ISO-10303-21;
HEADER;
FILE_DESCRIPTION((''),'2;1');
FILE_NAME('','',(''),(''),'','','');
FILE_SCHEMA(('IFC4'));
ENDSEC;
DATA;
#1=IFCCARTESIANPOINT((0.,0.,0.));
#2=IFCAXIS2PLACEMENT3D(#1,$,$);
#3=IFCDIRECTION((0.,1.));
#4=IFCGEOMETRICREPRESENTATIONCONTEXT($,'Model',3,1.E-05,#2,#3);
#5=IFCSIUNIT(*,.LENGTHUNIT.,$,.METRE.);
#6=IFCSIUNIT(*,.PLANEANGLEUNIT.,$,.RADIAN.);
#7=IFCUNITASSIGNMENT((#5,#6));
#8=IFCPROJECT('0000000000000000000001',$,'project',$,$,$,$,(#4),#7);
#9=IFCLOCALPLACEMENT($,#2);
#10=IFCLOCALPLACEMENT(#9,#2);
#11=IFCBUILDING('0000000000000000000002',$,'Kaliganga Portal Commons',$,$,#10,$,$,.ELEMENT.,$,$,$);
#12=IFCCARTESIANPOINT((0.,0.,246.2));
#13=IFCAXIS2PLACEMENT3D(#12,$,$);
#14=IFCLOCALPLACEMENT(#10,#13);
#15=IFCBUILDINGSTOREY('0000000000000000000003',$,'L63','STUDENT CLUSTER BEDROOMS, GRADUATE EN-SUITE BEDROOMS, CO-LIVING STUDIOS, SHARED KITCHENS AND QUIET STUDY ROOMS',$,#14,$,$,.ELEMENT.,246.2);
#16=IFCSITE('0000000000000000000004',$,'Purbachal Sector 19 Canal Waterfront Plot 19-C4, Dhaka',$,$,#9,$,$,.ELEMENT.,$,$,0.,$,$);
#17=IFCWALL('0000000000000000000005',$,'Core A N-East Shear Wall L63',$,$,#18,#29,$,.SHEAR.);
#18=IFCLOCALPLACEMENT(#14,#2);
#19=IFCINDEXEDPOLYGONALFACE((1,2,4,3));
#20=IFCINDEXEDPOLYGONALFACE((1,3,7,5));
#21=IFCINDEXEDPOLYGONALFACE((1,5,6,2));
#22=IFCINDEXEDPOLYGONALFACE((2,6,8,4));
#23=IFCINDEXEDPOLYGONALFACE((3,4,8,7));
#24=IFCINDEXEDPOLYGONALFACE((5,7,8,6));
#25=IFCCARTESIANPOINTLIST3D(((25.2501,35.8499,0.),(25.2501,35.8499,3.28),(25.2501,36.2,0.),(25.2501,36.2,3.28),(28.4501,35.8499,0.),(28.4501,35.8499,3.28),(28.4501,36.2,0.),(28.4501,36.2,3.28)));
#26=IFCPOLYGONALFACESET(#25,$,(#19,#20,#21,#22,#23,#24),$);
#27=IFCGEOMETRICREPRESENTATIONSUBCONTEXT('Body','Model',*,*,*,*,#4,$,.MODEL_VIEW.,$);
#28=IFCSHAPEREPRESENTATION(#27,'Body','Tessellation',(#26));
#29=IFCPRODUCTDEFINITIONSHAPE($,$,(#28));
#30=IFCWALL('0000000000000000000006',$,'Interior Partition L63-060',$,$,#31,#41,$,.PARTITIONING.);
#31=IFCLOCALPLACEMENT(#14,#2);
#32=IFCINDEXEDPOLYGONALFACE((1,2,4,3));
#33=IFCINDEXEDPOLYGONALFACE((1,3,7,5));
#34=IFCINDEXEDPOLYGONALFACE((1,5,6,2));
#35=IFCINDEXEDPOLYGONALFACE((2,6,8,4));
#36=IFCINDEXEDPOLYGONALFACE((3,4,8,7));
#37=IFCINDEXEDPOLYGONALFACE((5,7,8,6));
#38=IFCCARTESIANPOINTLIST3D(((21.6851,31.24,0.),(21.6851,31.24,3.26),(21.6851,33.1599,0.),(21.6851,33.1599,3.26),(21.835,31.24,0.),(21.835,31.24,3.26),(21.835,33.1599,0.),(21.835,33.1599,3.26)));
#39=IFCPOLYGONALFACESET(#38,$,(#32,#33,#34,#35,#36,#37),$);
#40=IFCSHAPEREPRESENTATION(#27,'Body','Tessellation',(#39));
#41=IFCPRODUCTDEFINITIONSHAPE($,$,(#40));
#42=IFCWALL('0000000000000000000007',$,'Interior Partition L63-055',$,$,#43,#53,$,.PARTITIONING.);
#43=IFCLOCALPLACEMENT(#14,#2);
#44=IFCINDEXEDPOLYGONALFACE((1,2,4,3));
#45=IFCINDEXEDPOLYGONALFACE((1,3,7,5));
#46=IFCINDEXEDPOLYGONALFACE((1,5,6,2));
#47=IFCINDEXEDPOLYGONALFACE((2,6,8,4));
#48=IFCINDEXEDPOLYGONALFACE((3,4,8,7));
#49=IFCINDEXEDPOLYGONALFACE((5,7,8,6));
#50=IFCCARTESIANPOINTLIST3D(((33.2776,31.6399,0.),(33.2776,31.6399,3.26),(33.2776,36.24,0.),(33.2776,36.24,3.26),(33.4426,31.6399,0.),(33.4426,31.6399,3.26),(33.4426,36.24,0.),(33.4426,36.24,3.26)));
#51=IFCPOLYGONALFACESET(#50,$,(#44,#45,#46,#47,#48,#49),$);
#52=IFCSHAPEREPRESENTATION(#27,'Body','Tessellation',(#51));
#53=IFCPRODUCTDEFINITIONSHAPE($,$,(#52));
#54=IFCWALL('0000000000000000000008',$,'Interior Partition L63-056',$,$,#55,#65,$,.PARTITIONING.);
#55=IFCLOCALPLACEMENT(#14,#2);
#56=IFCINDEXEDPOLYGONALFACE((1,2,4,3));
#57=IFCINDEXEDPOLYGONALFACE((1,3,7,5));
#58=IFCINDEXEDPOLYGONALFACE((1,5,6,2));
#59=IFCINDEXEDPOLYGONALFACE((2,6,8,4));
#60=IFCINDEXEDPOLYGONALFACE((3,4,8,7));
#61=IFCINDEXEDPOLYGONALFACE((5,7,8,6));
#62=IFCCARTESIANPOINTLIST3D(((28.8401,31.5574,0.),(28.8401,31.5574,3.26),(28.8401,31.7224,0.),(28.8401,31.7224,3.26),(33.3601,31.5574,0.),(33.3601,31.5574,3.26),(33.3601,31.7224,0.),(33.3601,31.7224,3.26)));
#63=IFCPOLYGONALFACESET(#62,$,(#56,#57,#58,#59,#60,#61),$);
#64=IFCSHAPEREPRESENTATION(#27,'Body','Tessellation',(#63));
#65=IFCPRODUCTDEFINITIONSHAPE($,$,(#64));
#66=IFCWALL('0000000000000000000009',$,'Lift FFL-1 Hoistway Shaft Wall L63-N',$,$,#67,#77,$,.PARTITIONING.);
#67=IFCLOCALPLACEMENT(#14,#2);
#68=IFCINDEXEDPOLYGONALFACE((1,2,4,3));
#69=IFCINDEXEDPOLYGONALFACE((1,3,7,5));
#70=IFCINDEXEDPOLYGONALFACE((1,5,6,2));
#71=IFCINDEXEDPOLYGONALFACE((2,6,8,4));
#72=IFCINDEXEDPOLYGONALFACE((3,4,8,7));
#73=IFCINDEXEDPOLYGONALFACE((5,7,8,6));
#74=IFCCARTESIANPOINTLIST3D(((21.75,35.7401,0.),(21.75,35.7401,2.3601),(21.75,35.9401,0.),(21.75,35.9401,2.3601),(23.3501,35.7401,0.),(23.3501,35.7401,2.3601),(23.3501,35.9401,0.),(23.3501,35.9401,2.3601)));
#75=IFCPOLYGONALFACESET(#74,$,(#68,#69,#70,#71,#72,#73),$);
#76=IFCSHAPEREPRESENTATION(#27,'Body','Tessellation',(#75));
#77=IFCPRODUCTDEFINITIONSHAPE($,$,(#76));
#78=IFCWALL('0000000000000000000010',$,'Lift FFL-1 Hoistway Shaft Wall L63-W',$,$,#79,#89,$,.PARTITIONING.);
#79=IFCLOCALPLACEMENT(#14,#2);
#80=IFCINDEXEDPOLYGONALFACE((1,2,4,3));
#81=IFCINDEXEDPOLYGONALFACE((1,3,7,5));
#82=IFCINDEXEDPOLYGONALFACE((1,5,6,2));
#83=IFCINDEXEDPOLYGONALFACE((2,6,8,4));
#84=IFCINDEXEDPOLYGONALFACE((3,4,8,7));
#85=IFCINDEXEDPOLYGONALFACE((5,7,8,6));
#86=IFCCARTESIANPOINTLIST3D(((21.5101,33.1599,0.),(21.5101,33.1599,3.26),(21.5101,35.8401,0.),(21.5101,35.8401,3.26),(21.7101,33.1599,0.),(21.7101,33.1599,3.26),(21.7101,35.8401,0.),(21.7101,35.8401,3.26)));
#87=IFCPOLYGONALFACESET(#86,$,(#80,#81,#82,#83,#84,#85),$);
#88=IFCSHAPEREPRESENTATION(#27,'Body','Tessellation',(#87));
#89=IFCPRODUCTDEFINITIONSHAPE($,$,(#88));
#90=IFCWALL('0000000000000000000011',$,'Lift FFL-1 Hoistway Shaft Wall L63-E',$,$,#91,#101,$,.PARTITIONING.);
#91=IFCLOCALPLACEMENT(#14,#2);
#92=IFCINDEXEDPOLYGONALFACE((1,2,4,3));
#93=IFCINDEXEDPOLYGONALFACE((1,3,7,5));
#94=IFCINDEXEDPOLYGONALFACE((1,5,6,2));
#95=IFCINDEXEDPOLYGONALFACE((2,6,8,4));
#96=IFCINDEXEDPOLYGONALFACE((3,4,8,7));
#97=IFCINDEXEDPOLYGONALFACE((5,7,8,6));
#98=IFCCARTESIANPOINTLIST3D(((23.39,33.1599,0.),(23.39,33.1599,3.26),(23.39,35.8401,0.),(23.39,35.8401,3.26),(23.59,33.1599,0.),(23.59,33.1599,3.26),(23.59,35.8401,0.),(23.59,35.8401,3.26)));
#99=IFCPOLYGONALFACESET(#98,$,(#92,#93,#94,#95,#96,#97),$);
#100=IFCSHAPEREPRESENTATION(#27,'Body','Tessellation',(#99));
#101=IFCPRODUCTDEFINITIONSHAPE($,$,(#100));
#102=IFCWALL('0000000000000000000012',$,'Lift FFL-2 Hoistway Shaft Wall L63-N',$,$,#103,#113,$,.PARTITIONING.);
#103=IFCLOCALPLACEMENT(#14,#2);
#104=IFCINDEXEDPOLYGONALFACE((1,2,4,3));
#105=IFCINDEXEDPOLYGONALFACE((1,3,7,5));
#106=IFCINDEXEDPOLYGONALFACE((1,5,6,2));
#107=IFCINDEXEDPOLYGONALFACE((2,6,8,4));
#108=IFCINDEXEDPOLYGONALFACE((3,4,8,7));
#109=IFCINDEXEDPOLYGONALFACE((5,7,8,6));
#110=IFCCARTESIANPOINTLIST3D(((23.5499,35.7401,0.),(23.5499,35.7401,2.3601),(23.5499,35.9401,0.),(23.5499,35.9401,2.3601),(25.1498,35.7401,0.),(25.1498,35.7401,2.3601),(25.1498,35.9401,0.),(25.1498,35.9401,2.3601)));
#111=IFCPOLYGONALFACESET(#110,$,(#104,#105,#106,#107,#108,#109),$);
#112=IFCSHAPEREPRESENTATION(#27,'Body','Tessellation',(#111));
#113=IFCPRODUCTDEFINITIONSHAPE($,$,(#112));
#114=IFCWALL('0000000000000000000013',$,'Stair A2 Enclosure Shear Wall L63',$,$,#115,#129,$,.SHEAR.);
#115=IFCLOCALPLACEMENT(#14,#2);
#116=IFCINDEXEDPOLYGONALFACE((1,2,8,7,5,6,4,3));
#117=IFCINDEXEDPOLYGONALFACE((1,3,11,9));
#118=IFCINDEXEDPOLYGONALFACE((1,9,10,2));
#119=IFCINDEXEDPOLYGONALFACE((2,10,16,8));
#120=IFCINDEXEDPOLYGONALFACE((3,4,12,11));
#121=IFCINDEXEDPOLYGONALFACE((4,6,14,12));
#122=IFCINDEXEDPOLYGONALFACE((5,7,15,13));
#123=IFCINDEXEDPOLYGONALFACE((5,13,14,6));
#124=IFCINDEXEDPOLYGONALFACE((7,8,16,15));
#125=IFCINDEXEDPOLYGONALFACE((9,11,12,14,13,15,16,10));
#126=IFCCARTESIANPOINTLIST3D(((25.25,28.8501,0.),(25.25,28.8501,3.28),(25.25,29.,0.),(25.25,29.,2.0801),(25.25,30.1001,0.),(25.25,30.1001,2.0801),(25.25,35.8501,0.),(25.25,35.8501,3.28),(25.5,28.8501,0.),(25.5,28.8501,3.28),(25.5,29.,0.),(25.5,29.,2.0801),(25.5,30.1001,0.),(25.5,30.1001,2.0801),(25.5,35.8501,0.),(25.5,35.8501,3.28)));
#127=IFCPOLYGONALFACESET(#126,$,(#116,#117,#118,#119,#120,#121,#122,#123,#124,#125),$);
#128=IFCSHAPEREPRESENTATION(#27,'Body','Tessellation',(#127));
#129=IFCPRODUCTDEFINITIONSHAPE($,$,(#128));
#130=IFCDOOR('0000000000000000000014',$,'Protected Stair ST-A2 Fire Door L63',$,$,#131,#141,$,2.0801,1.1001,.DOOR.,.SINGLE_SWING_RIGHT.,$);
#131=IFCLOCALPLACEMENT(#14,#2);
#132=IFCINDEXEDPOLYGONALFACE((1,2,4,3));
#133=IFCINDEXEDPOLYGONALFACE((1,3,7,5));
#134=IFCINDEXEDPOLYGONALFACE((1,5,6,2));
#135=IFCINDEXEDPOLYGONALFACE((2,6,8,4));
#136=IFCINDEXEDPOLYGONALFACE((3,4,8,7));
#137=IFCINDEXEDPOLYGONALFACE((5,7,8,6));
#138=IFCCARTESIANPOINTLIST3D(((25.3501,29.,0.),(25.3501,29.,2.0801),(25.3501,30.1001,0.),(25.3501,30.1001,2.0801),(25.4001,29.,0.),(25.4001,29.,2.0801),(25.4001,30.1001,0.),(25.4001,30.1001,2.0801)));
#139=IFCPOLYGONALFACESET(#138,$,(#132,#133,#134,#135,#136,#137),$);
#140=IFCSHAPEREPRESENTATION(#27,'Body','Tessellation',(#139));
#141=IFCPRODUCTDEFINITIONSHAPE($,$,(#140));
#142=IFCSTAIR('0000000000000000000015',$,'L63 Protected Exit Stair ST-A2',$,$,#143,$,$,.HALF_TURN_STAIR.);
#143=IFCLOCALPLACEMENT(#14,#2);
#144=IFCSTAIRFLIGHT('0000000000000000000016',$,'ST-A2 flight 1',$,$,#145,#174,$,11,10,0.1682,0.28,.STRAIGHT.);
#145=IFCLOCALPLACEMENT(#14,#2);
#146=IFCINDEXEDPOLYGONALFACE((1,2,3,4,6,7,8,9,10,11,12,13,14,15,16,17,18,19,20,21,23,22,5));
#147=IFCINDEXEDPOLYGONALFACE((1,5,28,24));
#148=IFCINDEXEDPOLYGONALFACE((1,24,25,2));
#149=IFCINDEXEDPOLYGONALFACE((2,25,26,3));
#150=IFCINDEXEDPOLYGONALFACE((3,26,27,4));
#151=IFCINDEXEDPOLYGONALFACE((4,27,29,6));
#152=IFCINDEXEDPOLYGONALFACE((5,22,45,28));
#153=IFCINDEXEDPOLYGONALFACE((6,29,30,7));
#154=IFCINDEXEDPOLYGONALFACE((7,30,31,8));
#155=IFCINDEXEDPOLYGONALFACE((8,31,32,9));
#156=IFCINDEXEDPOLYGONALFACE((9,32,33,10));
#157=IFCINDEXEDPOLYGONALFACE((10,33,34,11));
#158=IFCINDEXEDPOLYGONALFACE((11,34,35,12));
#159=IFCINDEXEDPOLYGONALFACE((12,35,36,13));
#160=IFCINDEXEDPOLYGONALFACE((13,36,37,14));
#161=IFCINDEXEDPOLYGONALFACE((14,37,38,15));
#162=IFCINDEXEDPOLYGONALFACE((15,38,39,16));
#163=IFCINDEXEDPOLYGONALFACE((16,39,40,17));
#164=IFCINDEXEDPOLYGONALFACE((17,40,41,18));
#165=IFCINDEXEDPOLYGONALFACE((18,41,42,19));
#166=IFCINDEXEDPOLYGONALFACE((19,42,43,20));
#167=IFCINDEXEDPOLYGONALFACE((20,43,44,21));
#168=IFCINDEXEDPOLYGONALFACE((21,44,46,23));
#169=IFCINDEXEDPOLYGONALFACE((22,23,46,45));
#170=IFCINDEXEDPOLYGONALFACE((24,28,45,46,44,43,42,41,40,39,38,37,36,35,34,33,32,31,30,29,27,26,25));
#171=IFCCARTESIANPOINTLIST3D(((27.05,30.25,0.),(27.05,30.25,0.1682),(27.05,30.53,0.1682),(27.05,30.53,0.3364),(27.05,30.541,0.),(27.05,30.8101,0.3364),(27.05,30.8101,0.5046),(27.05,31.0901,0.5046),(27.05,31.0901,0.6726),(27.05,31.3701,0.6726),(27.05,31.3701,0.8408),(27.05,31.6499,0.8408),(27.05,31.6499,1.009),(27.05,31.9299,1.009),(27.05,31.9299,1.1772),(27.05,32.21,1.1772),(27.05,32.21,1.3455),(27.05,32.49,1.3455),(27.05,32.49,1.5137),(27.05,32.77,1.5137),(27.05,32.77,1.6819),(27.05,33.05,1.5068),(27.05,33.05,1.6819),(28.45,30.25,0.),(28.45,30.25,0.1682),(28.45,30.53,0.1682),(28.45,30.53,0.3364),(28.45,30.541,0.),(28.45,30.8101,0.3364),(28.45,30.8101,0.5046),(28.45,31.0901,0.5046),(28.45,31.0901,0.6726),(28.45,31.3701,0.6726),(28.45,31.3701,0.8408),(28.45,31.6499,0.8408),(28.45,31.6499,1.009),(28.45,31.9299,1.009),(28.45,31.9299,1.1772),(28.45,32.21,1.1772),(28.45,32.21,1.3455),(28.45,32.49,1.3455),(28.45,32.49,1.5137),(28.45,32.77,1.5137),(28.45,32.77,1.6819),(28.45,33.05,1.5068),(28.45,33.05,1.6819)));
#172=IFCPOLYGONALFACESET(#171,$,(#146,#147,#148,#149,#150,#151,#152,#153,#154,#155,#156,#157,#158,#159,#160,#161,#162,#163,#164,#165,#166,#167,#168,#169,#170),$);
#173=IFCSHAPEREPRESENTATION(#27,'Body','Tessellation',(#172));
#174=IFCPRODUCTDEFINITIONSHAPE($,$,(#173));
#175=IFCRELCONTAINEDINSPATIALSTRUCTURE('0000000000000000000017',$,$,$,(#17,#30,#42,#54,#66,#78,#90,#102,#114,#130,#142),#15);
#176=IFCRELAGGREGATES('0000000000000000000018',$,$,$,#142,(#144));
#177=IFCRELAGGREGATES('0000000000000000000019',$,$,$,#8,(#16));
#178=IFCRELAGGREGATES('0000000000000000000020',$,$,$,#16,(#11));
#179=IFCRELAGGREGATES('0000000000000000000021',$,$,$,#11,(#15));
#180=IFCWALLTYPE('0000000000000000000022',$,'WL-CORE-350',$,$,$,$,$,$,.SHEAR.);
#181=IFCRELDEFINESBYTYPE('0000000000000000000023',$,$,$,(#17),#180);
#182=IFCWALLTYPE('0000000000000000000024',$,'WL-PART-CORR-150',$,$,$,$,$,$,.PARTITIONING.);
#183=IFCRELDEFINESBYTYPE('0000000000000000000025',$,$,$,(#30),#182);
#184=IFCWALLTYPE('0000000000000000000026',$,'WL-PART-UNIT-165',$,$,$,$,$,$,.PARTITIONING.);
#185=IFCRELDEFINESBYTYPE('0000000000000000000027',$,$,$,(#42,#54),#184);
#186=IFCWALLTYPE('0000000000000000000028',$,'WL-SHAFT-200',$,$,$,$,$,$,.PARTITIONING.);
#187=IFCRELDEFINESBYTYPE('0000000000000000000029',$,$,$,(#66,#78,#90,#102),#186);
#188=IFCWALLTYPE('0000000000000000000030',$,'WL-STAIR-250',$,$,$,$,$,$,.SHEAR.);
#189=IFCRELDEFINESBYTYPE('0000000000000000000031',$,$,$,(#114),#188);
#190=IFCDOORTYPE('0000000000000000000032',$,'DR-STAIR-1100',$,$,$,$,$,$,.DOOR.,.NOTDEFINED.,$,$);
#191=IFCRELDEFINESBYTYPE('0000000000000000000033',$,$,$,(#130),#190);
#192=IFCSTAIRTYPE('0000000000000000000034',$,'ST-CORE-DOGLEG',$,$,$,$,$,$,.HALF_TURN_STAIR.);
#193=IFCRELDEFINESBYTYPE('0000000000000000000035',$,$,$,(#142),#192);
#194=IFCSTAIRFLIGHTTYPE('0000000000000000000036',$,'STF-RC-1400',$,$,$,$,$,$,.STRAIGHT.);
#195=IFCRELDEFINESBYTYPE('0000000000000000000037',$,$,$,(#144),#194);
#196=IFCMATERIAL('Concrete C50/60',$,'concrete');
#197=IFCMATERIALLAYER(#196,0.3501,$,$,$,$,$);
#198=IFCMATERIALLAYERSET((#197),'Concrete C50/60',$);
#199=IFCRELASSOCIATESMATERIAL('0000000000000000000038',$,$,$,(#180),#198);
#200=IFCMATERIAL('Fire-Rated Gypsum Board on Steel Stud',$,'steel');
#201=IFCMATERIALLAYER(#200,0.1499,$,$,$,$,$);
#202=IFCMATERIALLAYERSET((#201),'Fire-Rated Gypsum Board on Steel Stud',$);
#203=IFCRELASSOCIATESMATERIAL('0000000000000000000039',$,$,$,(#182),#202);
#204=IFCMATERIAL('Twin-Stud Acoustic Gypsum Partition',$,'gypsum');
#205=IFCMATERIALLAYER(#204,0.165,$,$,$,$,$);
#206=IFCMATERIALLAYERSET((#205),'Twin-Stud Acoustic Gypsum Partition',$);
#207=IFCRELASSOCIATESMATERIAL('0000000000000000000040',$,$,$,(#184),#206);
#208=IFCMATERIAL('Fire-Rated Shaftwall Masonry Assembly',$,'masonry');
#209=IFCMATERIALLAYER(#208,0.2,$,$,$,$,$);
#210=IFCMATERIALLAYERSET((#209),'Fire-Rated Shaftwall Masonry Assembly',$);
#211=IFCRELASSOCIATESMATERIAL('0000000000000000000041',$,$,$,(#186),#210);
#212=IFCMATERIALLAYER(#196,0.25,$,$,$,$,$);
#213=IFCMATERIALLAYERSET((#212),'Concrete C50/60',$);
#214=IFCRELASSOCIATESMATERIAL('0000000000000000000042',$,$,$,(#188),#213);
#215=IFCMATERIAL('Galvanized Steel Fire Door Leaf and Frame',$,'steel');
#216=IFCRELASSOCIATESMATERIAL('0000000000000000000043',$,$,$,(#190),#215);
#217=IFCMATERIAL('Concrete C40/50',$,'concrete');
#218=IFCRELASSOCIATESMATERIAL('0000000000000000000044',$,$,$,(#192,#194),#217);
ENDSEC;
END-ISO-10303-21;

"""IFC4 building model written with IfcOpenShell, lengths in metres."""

from ifc_helpers import new_model, si_unit, direction, frame, frame_2d, origin, place, context, subcontext, project, spatial, polyline, rectangle, outline, extrude, material, layer, layer_set, type_object, element, fill, aggregate, save


model = new_model("IFC4")

# Units and contexts
model_context = context("Model", 3, precision=1e-05, world=origin(), true_north=direction((0.0, 1.0)))
body_context = subcontext(model_context, "Body", "Model", "MODEL_VIEW")
ifc_project = project(units=[si_unit("LENGTHUNIT", "METRE"), si_unit("PLANEANGLEUNIT", "RADIAN")], contexts=[model_context])

# Site, building, storey
site_placement = place(None, origin())
site = spatial("IfcSite", under=ifc_project, at=site_placement, Name="Purbachal Sector 19 Canal Waterfront Plot 19-C4, Dhaka", CompositionType="ELEMENT", RefElevation=0.0)
building_placement = place(site_placement, origin())
building = spatial("IfcBuilding", under=site, at=building_placement, Name="Kaliganga Portal Commons", CompositionType="ELEMENT")
storey_placement = place(building_placement, frame((0.0, 0.0, 246.2)))
storey = spatial("IfcBuildingStorey", under=building, at=storey_placement, Name="L63", Description="STUDENT CLUSTER BEDROOMS, GRADUATE EN-SUITE BEDROOMS, CO-LIVING STUDIOS, SHARED KITCHENS AND QUIET STUDY ROOMS", CompositionType="ELEMENT", Elevation=246.2)

# Shared definitions
ifc_material_1 = material(Name="Concrete C50/60", Category="concrete")

# Walls
ifc_layer_1 = layer(ifc_material_1, 0.3501)
ifc_layer_set_1 = layer_set([ifc_layer_1], Name="Concrete C50/60")
wall_type_1 = type_object("IfcWallType", Name="WL-CORE-350", PredefinedType="SHEAR", material=ifc_layer_set_1)
for number, where, z_axis, x_axis, name in (
    (1, (25.25, 36.0249, 0.0), (0.0, 0.0, 1.0), (1.0, 0.0, 0.0), "Core A N-East Shear Wall L63"),
):
    element("IfcWall", number, at=place(storey_placement, frame(where, z_axis=z_axis, x_axis=x_axis)), inside=storey, type_object=wall_type_1, Name=name, PredefinedType="SHEAR", context=body_context, shape_type="SweptSolid", body=[
        extrude(rectangle(XDim=3.2, YDim=0.3501, at=frame_2d((1.6001, 0.0))), origin(), (0.0, 0.0, 1.0), 3.28),
    ])
ifc_material_2 = material(Name="Fire-Rated Gypsum Board on Steel Stud", Category="steel")
ifc_layer_2 = layer(ifc_material_2, 0.1499)
ifc_layer_set_2 = layer_set([ifc_layer_2], Name="Fire-Rated Gypsum Board on Steel Stud")
wall_type_2 = type_object("IfcWallType", Name="WL-PART-CORR-150", PredefinedType="PARTITIONING", material=ifc_layer_set_2)
wall_1_placement = place(storey_placement, frame((21.76, 31.24, 0.0), z_axis=(0.0, 0.0, 1.0), x_axis=(0.0, 1.0, 0.0)))
element("IfcWall", 2, at=wall_1_placement, inside=storey, type_object=wall_type_2, Name="Interior Partition L63-060", PredefinedType="PARTITIONING", context=body_context, shape_type="SweptSolid", body=[
    extrude(rectangle(XDim=1.9199, YDim=0.1499, at=frame_2d((0.96, 0.0))), origin(), (0.0, 0.0, 1.0), 3.26),
])
ifc_material_3 = material(Name="Twin-Stud Acoustic Gypsum Partition", Category="gypsum")
ifc_layer_3 = layer(ifc_material_3, 0.165)
ifc_layer_set_3 = layer_set([ifc_layer_3], Name="Twin-Stud Acoustic Gypsum Partition")
wall_type_3 = type_object("IfcWallType", Name="WL-PART-UNIT-165", PredefinedType="PARTITIONING", material=ifc_layer_set_3)
wall_2_placement = place(storey_placement, frame((33.3601, 31.6399, 0.0), z_axis=(0.0, 0.0, 1.0), x_axis=(0.0, 1.0, 0.0)))
element("IfcWall", 3, at=wall_2_placement, inside=storey, type_object=wall_type_3, Name="Interior Partition L63-055", PredefinedType="PARTITIONING", context=body_context, shape_type="SweptSolid", body=[
    extrude(rectangle(XDim=4.6001, YDim=0.165, at=frame_2d((2.3, 0.0))), origin(), (0.0, 0.0, 1.0), 3.26),
])
wall_3_placement = place(storey_placement, frame((28.8401, 31.6399, 0.0), z_axis=(0.0, 0.0, 1.0), x_axis=(1.0, 0.0, 0.0)))
element("IfcWall", 4, at=wall_3_placement, inside=storey, type_object=wall_type_3, Name="Interior Partition L63-056", PredefinedType="PARTITIONING", context=body_context, shape_type="SweptSolid", body=[
    extrude(rectangle(XDim=4.52, YDim=0.165, at=frame_2d((2.26, 0.0))), origin(), (0.0, 0.0, 1.0), 3.26),
])

# Shared definitions
ifc_material_4 = material(Name="Fire-Rated Shaftwall Masonry Assembly", Category="masonry")
ifc_layer_4 = layer(ifc_material_4, 0.2)
ifc_layer_set_4 = layer_set([ifc_layer_4], Name="Fire-Rated Shaftwall Masonry Assembly")
wall_type_4 = type_object("IfcWallType", Name="WL-SHAFT-200", PredefinedType="PARTITIONING", material=ifc_layer_set_4)

# Walls
wall_4_placement = place(storey_placement, frame((21.75, 35.8401, 0.0), z_axis=(0.0, 0.0, 1.0), x_axis=(1.0, 0.0, 0.0)))
element("IfcWall", 5, at=wall_4_placement, inside=storey, type_object=wall_type_4, Name="Lift FFL-1 Hoistway Shaft Wall L63-N", PredefinedType="PARTITIONING", context=body_context, shape_type="SweptSolid", body=[
    extrude(rectangle(XDim=1.6001, YDim=0.2, at=frame_2d((0.8, 0.0))), origin(), (0.0, 0.0, 1.0), 2.3601),
])
for number, where, z_axis, x_axis, name in (
    (6, (21.6101, 33.1599, 0.0), (0.0, 0.0, 1.0), (0.0, 1.0, 0.0), "Lift FFL-1 Hoistway Shaft Wall L63-W"),
    (7, (23.49, 33.1599, 0.0), (0.0, 0.0, 1.0), (0.0, 1.0, 0.0), "Lift FFL-1 Hoistway Shaft Wall L63-E"),
):
    element("IfcWall", number, at=place(storey_placement, frame(where, z_axis=z_axis, x_axis=x_axis)), inside=storey, type_object=wall_type_4, Name=name, PredefinedType="PARTITIONING", context=body_context, shape_type="SweptSolid", body=[
        extrude(rectangle(XDim=2.6802, YDim=0.2, at=frame_2d((1.3401, 0.0))), origin(), (0.0, 0.0, 1.0), 3.26),
    ])

# Wall
wall_5_placement = place(storey_placement, frame((23.55, 35.8401, 0.0), z_axis=(0.0, 0.0, 1.0), x_axis=(1.0, 0.0, 0.0)))
element("IfcWall", 8, at=wall_5_placement, inside=storey, type_object=wall_type_4, Name="Lift FFL-2 Hoistway Shaft Wall L63-N", PredefinedType="PARTITIONING", context=body_context, shape_type="SweptSolid", body=[
    extrude(rectangle(XDim=1.5999, YDim=0.2, at=frame_2d((0.7998, 0.0))), origin(), (0.0, 0.0, 1.0), 2.3601),
])

# Wall, opening, door
ifc_layer_5 = layer(ifc_material_1, 0.25)
ifc_layer_set_5 = layer_set([ifc_layer_5], Name="Concrete C50/60")
wall_type_5 = type_object("IfcWallType", Name="WL-STAIR-250", PredefinedType="SHEAR", material=ifc_layer_set_5)
wall_6_placement = place(storey_placement, frame((25.375, 28.8501, 0.0), z_axis=(0.0, 0.0, 1.0), x_axis=(0.0, 1.0, 0.0)))
wall_6 = element("IfcWall", 9, at=wall_6_placement, inside=storey, type_object=wall_type_5, Name="Stair A2 Enclosure Shear Wall L63", PredefinedType="SHEAR", context=body_context, shape_type="SweptSolid", body=[
    extrude(rectangle(XDim=7.0, YDim=0.25, at=frame_2d((3.5, 0.0))), origin(), (0.0, 0.0, 1.0), 3.28),
])
opening_1_placement = place(wall_6_placement, frame((0.1499, 0.0, 0.0)))
opening_1 = element("IfcOpeningElement", 10, at=opening_1_placement, cuts=wall_6, PredefinedType="OPENING", context=body_context, shape_type="SweptSolid", body=[
    extrude(rectangle(XDim=1.1001, YDim=2.0801, at=frame_2d((0.55, 1.04))), frame((0.0, 0.135, 0.0), z_axis=(0.0, -1.0, 0.0), x_axis=(1.0, 0.0, 0.0)), (0.0, 0.0, 1.0), 0.27),
])
ifc_material_5 = material(Name="Galvanized Steel Fire Door Leaf and Frame", Category="steel")
door_type_1 = type_object("IfcDoorType", Name="DR-STAIR-1100", OperationType="NOTDEFINED", PredefinedType="DOOR", material=ifc_material_5)
door_1_placement = place(opening_1_placement, origin())
door_1 = element("IfcDoor", 11, at=door_1_placement, inside=storey, type_object=door_type_1, Name="Protected Stair ST-A2 Fire Door L63", OperationType="SINGLE_SWING_RIGHT", OverallHeight=2.0801, OverallWidth=1.1001, PredefinedType="DOOR", context=body_context, shape_type="SweptSolid", body=[
    extrude(rectangle(XDim=1.1001, YDim=2.0801, at=frame_2d((0.55, 1.04))), frame((0.0, 0.0249, 0.0), z_axis=(0.0, -1.0, 0.0), x_axis=(1.0, 0.0, 0.0)), (0.0, 0.0, 1.0), 0.05),
])
fill(opening_1, door_1)

# Stair, stair flight
ifc_material_6 = material(Name="Concrete C40/50", Category="concrete")
stair_type = type_object("IfcStairType", Name="ST-CORE-DOGLEG", PredefinedType="HALF_TURN_STAIR", material=ifc_material_6)
stair_placement = place(storey_placement, origin())
stair = element("IfcStair", 12, at=stair_placement, inside=storey, type_object=stair_type, Name="L63 Protected Exit Stair ST-A2", PredefinedType="HALF_TURN_STAIR")
stair_flight_type = type_object("IfcStairFlightType", Name="STF-RC-1400", PredefinedType="STRAIGHT", material=ifc_material_6)
stair_flight_1_placement = place(storey_placement, frame((27.75, 30.25, 0.0), z_axis=(0.0, 0.0, 1.0), x_axis=(0.0, 1.0, 0.0)))
stair_flight_1 = element("IfcStairFlight", 13, at=stair_flight_1_placement, type_object=stair_flight_type, Name="ST-A2 flight 1", NumberOfRisers=11, NumberOfTreads=10, PredefinedType="STRAIGHT", RiserHeight=0.1682, TreadLength=0.28, context=body_context, shape_type="SweptSolid", body=[
    extrude(outline(polyline([(0.0, 0.0), (0.0, 0.1682), (0.28, 0.1682), (0.28, 0.3364), (0.5601, 0.3364), (0.5601, 0.5046), (0.8401, 0.5046), (0.8401, 0.6726), (1.1201, 0.6726), (1.1201, 0.8408), (1.3999, 0.8408), (1.3999, 1.009), (1.6799, 1.009), (1.6799, 1.1772), (1.96, 1.1772), (1.96, 1.3455), (2.24, 1.3455), (2.24, 1.5137), (2.52, 1.5137), (2.52, 1.6819), (2.8, 1.6819), (2.8, 1.8501), (2.8, 1.5068), (0.291, 0.0), (0.0, 0.0)])), frame((0.0, 0.7, 0.0), z_axis=(0.0, -1.0, 0.0), x_axis=(1.0, 0.0, 0.0)), (0.0, 0.0, 1.0), 1.3999),
])
aggregate(stair, [stair_flight_1])

save(model, "model.ifc")
